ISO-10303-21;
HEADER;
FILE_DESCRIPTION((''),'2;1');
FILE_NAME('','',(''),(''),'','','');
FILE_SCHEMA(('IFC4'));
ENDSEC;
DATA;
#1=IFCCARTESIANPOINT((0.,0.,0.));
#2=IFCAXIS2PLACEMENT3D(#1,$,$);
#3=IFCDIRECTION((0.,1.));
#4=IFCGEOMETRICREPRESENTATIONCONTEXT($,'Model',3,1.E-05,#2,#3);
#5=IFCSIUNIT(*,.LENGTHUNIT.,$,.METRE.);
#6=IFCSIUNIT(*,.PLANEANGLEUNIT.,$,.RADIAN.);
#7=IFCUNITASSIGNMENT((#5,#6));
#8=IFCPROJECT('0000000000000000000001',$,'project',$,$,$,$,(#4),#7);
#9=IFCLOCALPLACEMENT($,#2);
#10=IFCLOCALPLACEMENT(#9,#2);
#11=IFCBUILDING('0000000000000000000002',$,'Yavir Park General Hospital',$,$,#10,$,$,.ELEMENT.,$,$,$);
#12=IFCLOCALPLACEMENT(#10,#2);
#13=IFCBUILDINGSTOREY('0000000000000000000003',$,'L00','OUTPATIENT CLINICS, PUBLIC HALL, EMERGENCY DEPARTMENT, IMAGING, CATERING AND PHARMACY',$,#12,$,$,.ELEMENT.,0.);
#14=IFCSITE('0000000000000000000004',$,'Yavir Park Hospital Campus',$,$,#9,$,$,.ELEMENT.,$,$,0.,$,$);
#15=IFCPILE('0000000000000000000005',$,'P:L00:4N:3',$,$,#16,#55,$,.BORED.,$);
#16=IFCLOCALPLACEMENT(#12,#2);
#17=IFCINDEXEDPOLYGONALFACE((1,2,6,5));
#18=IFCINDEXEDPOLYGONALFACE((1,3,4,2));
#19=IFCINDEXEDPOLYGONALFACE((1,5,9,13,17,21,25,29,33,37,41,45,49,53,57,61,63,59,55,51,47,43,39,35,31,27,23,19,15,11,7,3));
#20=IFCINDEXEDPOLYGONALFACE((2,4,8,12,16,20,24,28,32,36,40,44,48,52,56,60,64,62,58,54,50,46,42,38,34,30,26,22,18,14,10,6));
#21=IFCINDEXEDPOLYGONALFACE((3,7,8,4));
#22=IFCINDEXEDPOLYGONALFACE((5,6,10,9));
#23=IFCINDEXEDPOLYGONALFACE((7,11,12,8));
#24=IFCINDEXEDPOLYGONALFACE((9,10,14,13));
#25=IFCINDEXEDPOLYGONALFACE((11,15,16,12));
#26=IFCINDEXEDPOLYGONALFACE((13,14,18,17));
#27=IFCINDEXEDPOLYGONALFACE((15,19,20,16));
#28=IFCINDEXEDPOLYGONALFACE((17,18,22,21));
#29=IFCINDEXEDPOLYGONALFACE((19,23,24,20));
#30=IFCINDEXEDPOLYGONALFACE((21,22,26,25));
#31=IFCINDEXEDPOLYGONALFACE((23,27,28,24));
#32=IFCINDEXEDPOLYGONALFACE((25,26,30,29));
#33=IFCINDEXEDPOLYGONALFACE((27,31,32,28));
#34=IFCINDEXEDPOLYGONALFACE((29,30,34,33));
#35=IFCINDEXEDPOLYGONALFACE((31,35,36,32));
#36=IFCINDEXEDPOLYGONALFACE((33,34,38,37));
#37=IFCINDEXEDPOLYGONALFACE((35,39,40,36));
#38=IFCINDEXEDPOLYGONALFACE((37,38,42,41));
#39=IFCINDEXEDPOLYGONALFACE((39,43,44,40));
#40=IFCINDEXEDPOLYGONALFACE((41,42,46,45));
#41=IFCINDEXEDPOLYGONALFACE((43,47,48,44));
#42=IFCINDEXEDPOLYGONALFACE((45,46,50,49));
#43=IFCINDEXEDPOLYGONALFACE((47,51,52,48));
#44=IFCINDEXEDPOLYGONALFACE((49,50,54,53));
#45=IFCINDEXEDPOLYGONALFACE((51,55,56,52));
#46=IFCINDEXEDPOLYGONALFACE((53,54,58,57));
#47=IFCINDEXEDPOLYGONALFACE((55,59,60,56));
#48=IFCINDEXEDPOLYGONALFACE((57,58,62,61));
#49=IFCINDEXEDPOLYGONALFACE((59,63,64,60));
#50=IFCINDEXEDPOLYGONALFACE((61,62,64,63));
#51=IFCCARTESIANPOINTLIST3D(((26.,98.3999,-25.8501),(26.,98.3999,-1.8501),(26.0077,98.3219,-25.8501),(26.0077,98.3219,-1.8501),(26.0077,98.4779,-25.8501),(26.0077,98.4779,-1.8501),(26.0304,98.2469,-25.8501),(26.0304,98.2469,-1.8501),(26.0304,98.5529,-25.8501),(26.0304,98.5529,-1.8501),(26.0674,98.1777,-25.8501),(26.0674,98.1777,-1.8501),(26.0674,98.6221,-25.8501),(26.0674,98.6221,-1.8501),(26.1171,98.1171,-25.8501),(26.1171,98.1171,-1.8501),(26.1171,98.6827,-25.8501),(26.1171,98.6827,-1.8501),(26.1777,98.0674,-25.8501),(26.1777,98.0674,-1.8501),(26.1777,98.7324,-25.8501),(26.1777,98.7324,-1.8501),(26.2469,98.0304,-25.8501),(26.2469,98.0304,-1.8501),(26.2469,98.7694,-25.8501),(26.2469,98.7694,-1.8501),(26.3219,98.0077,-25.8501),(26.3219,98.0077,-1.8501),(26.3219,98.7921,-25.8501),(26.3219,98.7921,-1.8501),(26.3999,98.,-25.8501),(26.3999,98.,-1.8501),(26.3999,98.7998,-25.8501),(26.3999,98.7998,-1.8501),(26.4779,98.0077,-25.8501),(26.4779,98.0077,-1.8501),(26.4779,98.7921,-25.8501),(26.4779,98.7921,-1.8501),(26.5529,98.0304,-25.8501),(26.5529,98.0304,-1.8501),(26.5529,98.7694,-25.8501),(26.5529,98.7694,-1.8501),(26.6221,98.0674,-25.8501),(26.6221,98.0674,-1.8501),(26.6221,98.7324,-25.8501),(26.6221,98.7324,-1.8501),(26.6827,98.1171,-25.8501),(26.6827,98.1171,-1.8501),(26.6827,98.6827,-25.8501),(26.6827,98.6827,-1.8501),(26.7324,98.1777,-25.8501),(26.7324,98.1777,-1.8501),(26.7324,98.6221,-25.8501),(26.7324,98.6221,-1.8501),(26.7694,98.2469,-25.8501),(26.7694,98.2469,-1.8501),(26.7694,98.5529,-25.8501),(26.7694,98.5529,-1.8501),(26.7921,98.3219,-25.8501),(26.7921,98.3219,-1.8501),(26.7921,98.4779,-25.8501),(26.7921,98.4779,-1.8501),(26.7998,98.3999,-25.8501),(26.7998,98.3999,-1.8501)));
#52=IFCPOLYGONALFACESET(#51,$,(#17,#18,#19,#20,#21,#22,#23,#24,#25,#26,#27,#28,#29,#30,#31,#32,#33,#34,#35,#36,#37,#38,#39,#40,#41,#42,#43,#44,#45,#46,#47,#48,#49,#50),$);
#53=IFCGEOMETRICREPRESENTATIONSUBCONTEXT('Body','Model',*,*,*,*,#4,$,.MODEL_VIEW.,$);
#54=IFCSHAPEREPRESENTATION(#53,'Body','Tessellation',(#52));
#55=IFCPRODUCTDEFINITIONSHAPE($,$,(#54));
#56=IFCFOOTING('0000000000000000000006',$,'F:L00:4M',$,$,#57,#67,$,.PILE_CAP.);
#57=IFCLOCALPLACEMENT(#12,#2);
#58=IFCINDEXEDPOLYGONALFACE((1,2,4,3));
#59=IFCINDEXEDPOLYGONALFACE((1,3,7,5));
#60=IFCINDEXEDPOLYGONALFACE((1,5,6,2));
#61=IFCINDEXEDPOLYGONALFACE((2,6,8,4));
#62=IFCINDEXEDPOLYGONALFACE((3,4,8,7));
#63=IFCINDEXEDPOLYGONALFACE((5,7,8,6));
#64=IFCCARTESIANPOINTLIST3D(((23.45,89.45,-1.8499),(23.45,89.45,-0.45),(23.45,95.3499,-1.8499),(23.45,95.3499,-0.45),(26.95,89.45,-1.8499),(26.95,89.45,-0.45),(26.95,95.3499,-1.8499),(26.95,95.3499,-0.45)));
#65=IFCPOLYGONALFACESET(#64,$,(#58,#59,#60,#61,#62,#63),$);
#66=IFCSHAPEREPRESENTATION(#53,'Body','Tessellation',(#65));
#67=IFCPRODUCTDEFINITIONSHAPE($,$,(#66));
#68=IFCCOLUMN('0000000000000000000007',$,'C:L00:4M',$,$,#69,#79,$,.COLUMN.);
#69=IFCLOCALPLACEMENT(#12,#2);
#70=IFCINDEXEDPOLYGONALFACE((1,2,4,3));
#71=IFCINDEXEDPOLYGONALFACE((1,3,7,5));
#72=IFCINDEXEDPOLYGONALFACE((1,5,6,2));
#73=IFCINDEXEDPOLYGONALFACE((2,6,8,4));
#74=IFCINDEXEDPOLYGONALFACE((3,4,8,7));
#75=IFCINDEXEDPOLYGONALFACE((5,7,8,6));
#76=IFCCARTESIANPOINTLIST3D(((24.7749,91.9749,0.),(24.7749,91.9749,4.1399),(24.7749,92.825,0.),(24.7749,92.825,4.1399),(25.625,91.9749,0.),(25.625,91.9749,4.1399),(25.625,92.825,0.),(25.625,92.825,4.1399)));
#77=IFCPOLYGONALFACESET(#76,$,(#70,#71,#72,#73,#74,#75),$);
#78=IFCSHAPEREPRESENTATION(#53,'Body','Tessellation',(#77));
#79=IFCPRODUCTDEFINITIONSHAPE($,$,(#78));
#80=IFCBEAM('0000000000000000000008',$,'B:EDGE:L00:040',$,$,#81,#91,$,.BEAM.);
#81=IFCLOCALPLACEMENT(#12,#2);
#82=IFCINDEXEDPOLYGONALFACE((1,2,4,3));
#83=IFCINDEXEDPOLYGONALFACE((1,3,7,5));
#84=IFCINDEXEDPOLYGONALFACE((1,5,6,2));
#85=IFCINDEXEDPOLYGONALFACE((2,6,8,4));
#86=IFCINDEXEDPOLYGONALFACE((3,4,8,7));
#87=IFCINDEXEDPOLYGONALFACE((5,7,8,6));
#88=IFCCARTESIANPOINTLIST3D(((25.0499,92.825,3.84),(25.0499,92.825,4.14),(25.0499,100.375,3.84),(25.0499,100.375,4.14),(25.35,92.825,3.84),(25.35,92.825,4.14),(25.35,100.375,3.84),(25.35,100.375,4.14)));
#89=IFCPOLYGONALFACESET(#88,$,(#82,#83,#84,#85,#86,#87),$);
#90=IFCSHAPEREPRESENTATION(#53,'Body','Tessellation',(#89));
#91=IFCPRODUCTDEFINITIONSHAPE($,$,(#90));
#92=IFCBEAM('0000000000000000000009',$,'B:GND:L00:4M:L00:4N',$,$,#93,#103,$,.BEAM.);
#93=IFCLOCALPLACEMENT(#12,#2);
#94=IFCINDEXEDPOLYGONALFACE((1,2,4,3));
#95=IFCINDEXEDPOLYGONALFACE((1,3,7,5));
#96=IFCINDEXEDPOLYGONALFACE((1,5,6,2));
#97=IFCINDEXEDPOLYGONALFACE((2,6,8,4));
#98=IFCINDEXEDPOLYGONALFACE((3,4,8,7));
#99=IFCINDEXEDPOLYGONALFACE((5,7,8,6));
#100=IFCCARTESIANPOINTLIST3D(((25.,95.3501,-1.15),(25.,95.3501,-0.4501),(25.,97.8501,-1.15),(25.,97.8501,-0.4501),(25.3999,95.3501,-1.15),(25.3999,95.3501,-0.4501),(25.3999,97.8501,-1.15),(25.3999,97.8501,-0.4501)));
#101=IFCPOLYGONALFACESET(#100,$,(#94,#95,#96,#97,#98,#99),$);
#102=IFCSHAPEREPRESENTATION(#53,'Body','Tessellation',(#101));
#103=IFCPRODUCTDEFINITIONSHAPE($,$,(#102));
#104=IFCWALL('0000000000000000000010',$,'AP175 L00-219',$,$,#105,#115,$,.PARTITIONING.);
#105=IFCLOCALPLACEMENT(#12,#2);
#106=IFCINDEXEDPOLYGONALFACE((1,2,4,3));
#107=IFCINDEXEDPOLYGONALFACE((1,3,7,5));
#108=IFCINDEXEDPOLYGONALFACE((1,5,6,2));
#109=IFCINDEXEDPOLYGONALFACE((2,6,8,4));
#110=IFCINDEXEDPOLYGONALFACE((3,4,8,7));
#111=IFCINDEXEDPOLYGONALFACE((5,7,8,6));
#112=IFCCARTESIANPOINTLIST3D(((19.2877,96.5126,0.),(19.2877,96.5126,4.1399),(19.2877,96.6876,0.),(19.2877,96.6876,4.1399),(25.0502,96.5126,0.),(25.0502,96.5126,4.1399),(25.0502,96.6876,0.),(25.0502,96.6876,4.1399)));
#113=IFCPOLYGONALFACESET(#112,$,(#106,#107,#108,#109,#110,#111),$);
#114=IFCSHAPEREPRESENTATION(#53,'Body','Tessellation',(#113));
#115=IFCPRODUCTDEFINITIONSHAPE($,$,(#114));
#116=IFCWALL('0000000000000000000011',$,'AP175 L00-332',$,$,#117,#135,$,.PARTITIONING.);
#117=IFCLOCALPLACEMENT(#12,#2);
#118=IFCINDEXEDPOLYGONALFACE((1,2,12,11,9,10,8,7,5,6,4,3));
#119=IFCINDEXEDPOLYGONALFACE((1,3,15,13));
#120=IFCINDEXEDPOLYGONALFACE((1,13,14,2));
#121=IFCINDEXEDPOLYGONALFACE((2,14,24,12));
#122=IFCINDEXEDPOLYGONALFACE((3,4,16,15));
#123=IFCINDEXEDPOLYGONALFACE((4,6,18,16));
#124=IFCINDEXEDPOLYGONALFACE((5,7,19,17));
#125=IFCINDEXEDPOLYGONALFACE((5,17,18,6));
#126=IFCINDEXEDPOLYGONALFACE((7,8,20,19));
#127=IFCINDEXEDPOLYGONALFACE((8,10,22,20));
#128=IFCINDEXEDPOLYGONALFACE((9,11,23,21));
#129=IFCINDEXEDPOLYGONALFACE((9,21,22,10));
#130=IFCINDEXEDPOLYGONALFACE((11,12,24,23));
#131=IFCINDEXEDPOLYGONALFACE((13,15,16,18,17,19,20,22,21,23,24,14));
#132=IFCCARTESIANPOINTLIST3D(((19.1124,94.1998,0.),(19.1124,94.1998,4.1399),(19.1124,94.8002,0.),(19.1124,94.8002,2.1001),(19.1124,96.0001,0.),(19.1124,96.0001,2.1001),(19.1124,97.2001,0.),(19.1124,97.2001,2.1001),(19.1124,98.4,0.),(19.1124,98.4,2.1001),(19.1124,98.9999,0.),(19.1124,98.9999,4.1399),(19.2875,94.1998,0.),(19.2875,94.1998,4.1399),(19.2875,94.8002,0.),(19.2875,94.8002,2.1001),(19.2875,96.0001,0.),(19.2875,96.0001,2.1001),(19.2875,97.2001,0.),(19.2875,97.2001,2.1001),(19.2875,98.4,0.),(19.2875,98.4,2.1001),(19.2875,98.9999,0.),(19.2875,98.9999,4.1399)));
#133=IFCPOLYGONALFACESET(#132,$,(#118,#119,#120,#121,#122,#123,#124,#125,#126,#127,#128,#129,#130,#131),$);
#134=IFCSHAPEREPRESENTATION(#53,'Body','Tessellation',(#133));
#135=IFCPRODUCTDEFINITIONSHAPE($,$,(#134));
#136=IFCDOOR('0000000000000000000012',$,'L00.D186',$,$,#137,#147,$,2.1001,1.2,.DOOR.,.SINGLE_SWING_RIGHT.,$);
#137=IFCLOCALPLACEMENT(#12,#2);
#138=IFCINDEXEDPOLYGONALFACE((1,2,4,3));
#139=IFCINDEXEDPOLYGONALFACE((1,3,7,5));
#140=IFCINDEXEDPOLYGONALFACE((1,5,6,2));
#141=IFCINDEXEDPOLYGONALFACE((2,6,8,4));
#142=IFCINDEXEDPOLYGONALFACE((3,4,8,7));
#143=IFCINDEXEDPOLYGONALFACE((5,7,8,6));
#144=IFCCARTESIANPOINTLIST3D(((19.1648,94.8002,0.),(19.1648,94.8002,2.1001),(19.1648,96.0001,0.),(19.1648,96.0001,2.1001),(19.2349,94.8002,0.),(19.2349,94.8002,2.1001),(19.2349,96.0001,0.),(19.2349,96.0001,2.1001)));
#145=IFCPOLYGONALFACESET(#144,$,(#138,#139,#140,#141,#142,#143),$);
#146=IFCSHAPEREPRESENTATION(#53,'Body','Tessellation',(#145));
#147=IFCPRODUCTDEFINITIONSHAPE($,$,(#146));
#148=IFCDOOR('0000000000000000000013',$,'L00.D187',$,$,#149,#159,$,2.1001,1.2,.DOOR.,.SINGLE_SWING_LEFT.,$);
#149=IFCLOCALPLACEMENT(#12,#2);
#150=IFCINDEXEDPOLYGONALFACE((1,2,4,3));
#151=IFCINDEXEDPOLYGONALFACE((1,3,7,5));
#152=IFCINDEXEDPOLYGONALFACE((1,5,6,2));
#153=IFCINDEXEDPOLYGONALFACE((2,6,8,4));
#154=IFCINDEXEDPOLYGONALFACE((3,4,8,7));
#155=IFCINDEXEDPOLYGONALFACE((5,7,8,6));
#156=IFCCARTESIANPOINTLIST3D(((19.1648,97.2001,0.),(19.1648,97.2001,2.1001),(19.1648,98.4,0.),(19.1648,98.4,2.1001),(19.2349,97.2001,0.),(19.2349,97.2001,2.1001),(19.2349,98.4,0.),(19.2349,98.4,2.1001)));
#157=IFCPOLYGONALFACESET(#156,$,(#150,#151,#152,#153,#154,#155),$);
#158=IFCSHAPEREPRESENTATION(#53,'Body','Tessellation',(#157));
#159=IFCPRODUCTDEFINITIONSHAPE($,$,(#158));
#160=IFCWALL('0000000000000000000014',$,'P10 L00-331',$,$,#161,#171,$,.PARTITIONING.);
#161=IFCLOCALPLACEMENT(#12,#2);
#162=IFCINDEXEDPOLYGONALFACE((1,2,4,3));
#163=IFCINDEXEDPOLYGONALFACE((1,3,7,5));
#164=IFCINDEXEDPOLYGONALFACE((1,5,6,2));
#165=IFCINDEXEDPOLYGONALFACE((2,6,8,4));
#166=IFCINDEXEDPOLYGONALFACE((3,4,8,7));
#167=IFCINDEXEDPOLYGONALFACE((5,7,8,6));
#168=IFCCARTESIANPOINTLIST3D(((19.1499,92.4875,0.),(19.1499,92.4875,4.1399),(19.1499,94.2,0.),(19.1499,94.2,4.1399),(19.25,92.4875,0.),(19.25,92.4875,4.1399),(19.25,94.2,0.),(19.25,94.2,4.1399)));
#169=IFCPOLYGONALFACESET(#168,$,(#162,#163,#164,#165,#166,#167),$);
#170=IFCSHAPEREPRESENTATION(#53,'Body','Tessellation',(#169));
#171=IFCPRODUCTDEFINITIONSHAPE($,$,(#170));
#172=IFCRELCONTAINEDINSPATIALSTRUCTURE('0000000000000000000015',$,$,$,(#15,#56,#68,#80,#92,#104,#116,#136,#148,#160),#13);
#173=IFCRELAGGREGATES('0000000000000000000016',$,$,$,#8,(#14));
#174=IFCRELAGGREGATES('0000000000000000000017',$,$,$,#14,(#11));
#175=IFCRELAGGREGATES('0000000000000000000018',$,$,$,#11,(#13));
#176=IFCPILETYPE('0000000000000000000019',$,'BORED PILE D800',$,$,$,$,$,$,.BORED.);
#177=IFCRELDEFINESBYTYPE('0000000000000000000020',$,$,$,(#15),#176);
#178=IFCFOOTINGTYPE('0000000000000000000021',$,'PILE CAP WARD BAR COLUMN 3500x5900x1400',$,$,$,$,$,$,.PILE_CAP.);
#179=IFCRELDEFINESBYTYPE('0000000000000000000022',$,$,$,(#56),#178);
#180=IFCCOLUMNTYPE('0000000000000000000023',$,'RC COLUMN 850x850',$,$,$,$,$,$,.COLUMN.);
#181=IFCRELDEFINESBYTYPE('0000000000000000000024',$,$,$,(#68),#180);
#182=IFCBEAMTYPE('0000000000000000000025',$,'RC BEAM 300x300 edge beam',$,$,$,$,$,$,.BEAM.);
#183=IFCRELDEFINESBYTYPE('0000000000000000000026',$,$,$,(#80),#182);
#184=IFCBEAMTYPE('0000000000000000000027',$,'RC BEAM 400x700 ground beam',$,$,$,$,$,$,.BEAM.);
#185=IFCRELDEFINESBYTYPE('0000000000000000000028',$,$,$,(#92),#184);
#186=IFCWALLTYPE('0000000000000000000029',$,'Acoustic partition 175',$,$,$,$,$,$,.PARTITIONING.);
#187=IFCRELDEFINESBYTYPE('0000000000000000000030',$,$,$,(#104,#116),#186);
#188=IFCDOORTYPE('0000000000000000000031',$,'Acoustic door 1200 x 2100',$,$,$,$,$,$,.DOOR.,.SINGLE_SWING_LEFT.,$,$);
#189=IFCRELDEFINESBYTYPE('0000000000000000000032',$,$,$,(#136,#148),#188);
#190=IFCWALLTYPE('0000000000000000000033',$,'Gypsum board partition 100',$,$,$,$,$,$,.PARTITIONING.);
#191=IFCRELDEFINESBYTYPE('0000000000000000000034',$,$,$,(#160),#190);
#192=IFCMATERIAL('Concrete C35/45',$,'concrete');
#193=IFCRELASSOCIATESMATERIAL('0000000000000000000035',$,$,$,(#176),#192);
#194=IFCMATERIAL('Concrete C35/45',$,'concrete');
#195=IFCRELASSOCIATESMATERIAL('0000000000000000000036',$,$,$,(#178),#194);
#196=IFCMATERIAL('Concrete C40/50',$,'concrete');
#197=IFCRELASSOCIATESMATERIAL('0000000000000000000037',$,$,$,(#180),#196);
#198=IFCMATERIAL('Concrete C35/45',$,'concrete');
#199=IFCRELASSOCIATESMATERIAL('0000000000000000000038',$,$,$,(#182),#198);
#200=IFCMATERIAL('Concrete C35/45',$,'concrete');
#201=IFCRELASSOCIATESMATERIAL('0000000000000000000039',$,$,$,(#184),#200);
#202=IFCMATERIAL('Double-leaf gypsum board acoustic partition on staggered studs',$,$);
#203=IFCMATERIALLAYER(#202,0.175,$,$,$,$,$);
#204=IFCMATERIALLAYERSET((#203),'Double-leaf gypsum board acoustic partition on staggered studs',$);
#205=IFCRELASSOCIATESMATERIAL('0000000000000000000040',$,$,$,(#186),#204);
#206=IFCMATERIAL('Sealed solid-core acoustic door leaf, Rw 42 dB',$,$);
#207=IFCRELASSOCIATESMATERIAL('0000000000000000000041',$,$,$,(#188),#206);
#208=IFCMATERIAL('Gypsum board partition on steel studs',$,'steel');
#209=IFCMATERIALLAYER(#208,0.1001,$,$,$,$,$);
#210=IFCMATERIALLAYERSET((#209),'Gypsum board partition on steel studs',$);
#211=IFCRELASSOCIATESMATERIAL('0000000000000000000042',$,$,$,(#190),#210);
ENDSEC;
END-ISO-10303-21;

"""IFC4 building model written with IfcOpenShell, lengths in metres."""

from ifc_helpers import new_model, si_unit, direction, frame, frame_2d, origin, origin_2d, place, context, subcontext, project, spatial, rectangle, circle, extrude, material, layer, layer_set, material_profile, profile_set, type_object, element, fill, save


model = new_model("IFC4")

# Units and contexts
model_context = context("Model", 3, precision=1e-05, world=origin(), true_north=direction((0.0, 1.0)))
body_context = subcontext(model_context, "Body", "Model", "MODEL_VIEW")
ifc_project = project(units=[si_unit("LENGTHUNIT", "METRE"), si_unit("PLANEANGLEUNIT", "RADIAN")], contexts=[model_context])

# Site, building, storey
site_placement = place(None, origin())
site = spatial("IfcSite", under=ifc_project, at=site_placement, Name="Yavir Park Hospital Campus", CompositionType="ELEMENT", RefElevation=0.0)
building_placement = place(site_placement, origin())
building = spatial("IfcBuilding", under=site, at=building_placement, Name="Yavir Park General Hospital", CompositionType="ELEMENT")
storey_placement = place(building_placement, origin())
storey = spatial("IfcBuildingStorey", under=building, at=storey_placement, Name="L00", Description="OUTPATIENT CLINICS, PUBLIC HALL, EMERGENCY DEPARTMENT, IMAGING, CATERING AND PHARMACY", CompositionType="ELEMENT", Elevation=0.0)

# Pile
ifc_material_1 = material(Name="Concrete C35/45", Category="concrete")
ifc_material_profile_1 = material_profile(ifc_material_1, circle(Radius=0.3999, at=origin_2d()), Name="D800")
ifc_profile_set_1 = profile_set([ifc_material_profile_1], Name="Concrete C35/45")
pile_type = type_object("IfcPileType", Name="BORED PILE D800", PredefinedType="BORED", material=ifc_profile_set_1)
for number, where, z_axis, x_axis, name in (
    (1, (26.3999, 98.3999, -1.8501), (0.0, 0.0, -1.0), (1.0, 0.0, 0.0), "P:L00:4N:3"),
):
    element("IfcPile", number, at=place(storey_placement, frame(where, z_axis=z_axis, x_axis=x_axis)), inside=storey, type_object=pile_type, Name=name, PredefinedType="BORED", context=body_context, shape_type="SweptSolid", body=[
        extrude(circle(Radius=0.3999, at=origin_2d()), origin(), (0.0, 0.0, 1.0), 24.0),
    ])

# Footing
ifc_material_2 = material(Name="Concrete C35/45", Category="concrete")
footing_type = type_object("IfcFootingType", Name="PILE CAP WARD BAR COLUMN 3500x5900x1400", PredefinedType="PILE_CAP", material=ifc_material_2)
footing_placement = place(storey_placement, frame((25.2, 92.3999, -1.8499), z_axis=(0.0, 0.0, 1.0), x_axis=(1.0, 0.0, 0.0)))
element("IfcFooting", 2, at=footing_placement, inside=storey, type_object=footing_type, Name="F:L00:4M", PredefinedType="PILE_CAP", context=body_context, shape_type="SweptSolid", body=[
    extrude(rectangle(XDim=3.5, YDim=5.8999, at=origin_2d()), origin(), (0.0, 0.0, 1.0), 1.3999),
])

# Column
ifc_material_3 = material(Name="Concrete C40/50", Category="concrete")
ifc_material_profile_2 = material_profile(ifc_material_3, rectangle(XDim=0.8501, YDim=0.8501, at=origin_2d()), Name="RC850x850")
ifc_profile_set_2 = profile_set([ifc_material_profile_2], Name="Concrete C40/50")
column_type = type_object("IfcColumnType", Name="RC COLUMN 850x850", PredefinedType="COLUMN", material=ifc_profile_set_2)
column_placement = place(storey_placement, frame((25.2, 92.3999, 0.0), z_axis=(0.0, 0.0, 1.0), x_axis=(1.0, 0.0, 0.0)))
element("IfcColumn", 3, at=column_placement, inside=storey, type_object=column_type, Name="C:L00:4M", PredefinedType="COLUMN", context=body_context, shape_type="SweptSolid", body=[
    extrude(rectangle(XDim=0.8501, YDim=0.8501, at=origin_2d()), origin(), (0.0, 0.0, 1.0), 4.1399),
])

# Beams
ifc_material_4 = material(Name="Concrete C35/45", Category="concrete")
ifc_material_profile_3 = material_profile(ifc_material_4, rectangle(XDim=0.3, YDim=0.3, at=origin_2d()), Name="RC300x300")
ifc_profile_set_3 = profile_set([ifc_material_profile_3], Name="Concrete C35/45")
beam_type_1 = type_object("IfcBeamType", Name="RC BEAM 300x300 edge beam", PredefinedType="BEAM", material=ifc_profile_set_3)
beam_1_placement = place(storey_placement, frame((25.2, 92.825, 3.99), z_axis=(0.0, 1.0, 0.0), x_axis=(-1.0, 0.0, 0.0)))
element("IfcBeam", 4, at=beam_1_placement, inside=storey, type_object=beam_type_1, Name="B:EDGE:L00:040", PredefinedType="BEAM", context=body_context, shape_type="SweptSolid", body=[
    extrude(rectangle(XDim=0.3, YDim=0.3, at=origin_2d()), origin(), (0.0, 0.0, 1.0), 7.55),
])
ifc_material_5 = material(Name="Concrete C35/45", Category="concrete")
ifc_material_profile_4 = material_profile(ifc_material_5, rectangle(XDim=0.3999, YDim=0.7, at=origin_2d()), Name="RC400x700")
ifc_profile_set_4 = profile_set([ifc_material_profile_4], Name="Concrete C35/45")
beam_type_2 = type_object("IfcBeamType", Name="RC BEAM 400x700 ground beam", PredefinedType="BEAM", material=ifc_profile_set_4)
beam_2_placement = place(storey_placement, frame((25.2, 95.3501, -0.8), z_axis=(0.0, 1.0, 0.0), x_axis=(-1.0, 0.0, 0.0)))
element("IfcBeam", 5, at=beam_2_placement, inside=storey, type_object=beam_type_2, Name="B:GND:L00:4M:L00:4N", PredefinedType="BEAM", context=body_context, shape_type="SweptSolid", body=[
    extrude(rectangle(XDim=0.3999, YDim=0.7, at=origin_2d()), origin(), (0.0, 0.0, 1.0), 2.5),
])

# Wall
ifc_material_6 = material(Name="Double-leaf gypsum board acoustic partition on staggered studs")
ifc_layer_1 = layer(ifc_material_6, 0.175)
ifc_layer_set_1 = layer_set([ifc_layer_1], Name="Double-leaf gypsum board acoustic partition on staggered studs")
wall_type_1 = type_object("IfcWallType", Name="Acoustic partition 175", PredefinedType="PARTITIONING", material=ifc_layer_set_1)
wall_1_placement = place(storey_placement, frame((19.2876, 96.6001, 0.0), z_axis=(0.0, 0.0, 1.0), x_axis=(1.0, 0.0, 0.0)))
element("IfcWall", 6, at=wall_1_placement, inside=storey, type_object=wall_type_1, Name="AP175 L00-219", PredefinedType="PARTITIONING", context=body_context, shape_type="SweptSolid", body=[
    extrude(rectangle(XDim=5.7625, YDim=0.175, at=frame_2d((2.8813, 0.0))), origin(), (0.0, 0.0, 1.0), 4.1399),
])

# Wall, openings, doors
wall_2_placement = place(storey_placement, frame((19.2, 94.2, 0.0), z_axis=(0.0, 0.0, 1.0), x_axis=(0.0, 1.0, 0.0)))
wall_2 = element("IfcWall", 7, at=wall_2_placement, inside=storey, type_object=wall_type_1, Name="AP175 L00-332", PredefinedType="PARTITIONING", context=body_context, shape_type="SweptSolid", body=[
    extrude(rectangle(XDim=4.8, YDim=0.175, at=frame_2d((2.3999, 0.0))), origin(), (0.0, 0.0, 1.0), 4.1399),
])
opening_1_placement = place(wall_2_placement, frame((0.6001, 0.0, 0.0)))
opening_1 = element("IfcOpeningElement", 8, at=opening_1_placement, cuts=wall_2, PredefinedType="OPENING", context=body_context, shape_type="SweptSolid", body=[
    extrude(rectangle(XDim=1.2, YDim=2.1001, at=frame_2d((0.6001, 1.05))), frame((0.0, 0.0974, 0.0), z_axis=(0.0, -1.0, 0.0), x_axis=(1.0, 0.0, 0.0)), (0.0, 0.0, 1.0), 0.1951),
])
opening_2_placement = place(wall_2_placement, frame((3.0, 0.0, 0.0)))
opening_2 = element("IfcOpeningElement", 9, at=opening_2_placement, cuts=wall_2, PredefinedType="OPENING", context=body_context, shape_type="SweptSolid", body=[
    extrude(rectangle(XDim=1.2, YDim=2.1001, at=frame_2d((0.6001, 1.05))), frame((0.0, 0.0974, 0.0), z_axis=(0.0, -1.0, 0.0), x_axis=(1.0, 0.0, 0.0)), (0.0, 0.0, 1.0), 0.1951),
])
ifc_material_7 = material(Name="Sealed solid-core acoustic door leaf, Rw 42 dB")
door_type = type_object("IfcDoorType", Name="Acoustic door 1200 x 2100", OperationType="SINGLE_SWING_LEFT", PredefinedType="DOOR", material=ifc_material_7)
door_1_placement = place(opening_1_placement, origin())
door_1 = element("IfcDoor", 10, at=door_1_placement, inside=storey, type_object=door_type, Name="L00.D186", OperationType="SINGLE_SWING_RIGHT", OverallHeight=2.1001, OverallWidth=1.2, PredefinedType="DOOR", context=body_context, shape_type="SweptSolid", body=[
    extrude(rectangle(XDim=1.2, YDim=2.1001, at=frame_2d((0.6001, 1.05))), frame((0.0, 0.0352, 0.0), z_axis=(0.0, -1.0, 0.0), x_axis=(1.0, 0.0, 0.0)), (0.0, 0.0, 1.0), 0.0701),
])
fill(opening_1, door_1)
door_2_placement = place(opening_2_placement, origin())
door_2 = element("IfcDoor", 11, at=door_2_placement, inside=storey, type_object=door_type, Name="L00.D187", OperationType="SINGLE_SWING_LEFT", OverallHeight=2.1001, OverallWidth=1.2, PredefinedType="DOOR", context=body_context, shape_type="SweptSolid", body=[
    extrude(rectangle(XDim=1.2, YDim=2.1001, at=frame_2d((0.6001, 1.05))), frame((0.0, 0.0352, 0.0), z_axis=(0.0, -1.0, 0.0), x_axis=(1.0, 0.0, 0.0)), (0.0, 0.0, 1.0), 0.0701),
])
fill(opening_2, door_2)

# Wall
ifc_material_8 = material(Name="Gypsum board partition on steel studs", Category="steel")
ifc_layer_2 = layer(ifc_material_8, 0.1001)
ifc_layer_set_2 = layer_set([ifc_layer_2], Name="Gypsum board partition on steel studs")
wall_type_2 = type_object("IfcWallType", Name="Gypsum board partition 100", PredefinedType="PARTITIONING", material=ifc_layer_set_2)
for number, where, z_axis, x_axis, name in (
    (12, (19.2, 92.4875, 0.0), (0.0, 0.0, 1.0), (0.0, 1.0, 0.0), "P10 L00-331"),
):
    element("IfcWall", number, at=place(storey_placement, frame(where, z_axis=z_axis, x_axis=x_axis)), inside=storey, type_object=wall_type_2, Name=name, PredefinedType="PARTITIONING", context=body_context, shape_type="SweptSolid", body=[
        extrude(rectangle(XDim=1.7124, YDim=0.1001, at=frame_2d((0.8562, 0.0))), origin(), (0.0, 0.0, 1.0), 4.1399),
    ])

save(model, "model.ifc")
